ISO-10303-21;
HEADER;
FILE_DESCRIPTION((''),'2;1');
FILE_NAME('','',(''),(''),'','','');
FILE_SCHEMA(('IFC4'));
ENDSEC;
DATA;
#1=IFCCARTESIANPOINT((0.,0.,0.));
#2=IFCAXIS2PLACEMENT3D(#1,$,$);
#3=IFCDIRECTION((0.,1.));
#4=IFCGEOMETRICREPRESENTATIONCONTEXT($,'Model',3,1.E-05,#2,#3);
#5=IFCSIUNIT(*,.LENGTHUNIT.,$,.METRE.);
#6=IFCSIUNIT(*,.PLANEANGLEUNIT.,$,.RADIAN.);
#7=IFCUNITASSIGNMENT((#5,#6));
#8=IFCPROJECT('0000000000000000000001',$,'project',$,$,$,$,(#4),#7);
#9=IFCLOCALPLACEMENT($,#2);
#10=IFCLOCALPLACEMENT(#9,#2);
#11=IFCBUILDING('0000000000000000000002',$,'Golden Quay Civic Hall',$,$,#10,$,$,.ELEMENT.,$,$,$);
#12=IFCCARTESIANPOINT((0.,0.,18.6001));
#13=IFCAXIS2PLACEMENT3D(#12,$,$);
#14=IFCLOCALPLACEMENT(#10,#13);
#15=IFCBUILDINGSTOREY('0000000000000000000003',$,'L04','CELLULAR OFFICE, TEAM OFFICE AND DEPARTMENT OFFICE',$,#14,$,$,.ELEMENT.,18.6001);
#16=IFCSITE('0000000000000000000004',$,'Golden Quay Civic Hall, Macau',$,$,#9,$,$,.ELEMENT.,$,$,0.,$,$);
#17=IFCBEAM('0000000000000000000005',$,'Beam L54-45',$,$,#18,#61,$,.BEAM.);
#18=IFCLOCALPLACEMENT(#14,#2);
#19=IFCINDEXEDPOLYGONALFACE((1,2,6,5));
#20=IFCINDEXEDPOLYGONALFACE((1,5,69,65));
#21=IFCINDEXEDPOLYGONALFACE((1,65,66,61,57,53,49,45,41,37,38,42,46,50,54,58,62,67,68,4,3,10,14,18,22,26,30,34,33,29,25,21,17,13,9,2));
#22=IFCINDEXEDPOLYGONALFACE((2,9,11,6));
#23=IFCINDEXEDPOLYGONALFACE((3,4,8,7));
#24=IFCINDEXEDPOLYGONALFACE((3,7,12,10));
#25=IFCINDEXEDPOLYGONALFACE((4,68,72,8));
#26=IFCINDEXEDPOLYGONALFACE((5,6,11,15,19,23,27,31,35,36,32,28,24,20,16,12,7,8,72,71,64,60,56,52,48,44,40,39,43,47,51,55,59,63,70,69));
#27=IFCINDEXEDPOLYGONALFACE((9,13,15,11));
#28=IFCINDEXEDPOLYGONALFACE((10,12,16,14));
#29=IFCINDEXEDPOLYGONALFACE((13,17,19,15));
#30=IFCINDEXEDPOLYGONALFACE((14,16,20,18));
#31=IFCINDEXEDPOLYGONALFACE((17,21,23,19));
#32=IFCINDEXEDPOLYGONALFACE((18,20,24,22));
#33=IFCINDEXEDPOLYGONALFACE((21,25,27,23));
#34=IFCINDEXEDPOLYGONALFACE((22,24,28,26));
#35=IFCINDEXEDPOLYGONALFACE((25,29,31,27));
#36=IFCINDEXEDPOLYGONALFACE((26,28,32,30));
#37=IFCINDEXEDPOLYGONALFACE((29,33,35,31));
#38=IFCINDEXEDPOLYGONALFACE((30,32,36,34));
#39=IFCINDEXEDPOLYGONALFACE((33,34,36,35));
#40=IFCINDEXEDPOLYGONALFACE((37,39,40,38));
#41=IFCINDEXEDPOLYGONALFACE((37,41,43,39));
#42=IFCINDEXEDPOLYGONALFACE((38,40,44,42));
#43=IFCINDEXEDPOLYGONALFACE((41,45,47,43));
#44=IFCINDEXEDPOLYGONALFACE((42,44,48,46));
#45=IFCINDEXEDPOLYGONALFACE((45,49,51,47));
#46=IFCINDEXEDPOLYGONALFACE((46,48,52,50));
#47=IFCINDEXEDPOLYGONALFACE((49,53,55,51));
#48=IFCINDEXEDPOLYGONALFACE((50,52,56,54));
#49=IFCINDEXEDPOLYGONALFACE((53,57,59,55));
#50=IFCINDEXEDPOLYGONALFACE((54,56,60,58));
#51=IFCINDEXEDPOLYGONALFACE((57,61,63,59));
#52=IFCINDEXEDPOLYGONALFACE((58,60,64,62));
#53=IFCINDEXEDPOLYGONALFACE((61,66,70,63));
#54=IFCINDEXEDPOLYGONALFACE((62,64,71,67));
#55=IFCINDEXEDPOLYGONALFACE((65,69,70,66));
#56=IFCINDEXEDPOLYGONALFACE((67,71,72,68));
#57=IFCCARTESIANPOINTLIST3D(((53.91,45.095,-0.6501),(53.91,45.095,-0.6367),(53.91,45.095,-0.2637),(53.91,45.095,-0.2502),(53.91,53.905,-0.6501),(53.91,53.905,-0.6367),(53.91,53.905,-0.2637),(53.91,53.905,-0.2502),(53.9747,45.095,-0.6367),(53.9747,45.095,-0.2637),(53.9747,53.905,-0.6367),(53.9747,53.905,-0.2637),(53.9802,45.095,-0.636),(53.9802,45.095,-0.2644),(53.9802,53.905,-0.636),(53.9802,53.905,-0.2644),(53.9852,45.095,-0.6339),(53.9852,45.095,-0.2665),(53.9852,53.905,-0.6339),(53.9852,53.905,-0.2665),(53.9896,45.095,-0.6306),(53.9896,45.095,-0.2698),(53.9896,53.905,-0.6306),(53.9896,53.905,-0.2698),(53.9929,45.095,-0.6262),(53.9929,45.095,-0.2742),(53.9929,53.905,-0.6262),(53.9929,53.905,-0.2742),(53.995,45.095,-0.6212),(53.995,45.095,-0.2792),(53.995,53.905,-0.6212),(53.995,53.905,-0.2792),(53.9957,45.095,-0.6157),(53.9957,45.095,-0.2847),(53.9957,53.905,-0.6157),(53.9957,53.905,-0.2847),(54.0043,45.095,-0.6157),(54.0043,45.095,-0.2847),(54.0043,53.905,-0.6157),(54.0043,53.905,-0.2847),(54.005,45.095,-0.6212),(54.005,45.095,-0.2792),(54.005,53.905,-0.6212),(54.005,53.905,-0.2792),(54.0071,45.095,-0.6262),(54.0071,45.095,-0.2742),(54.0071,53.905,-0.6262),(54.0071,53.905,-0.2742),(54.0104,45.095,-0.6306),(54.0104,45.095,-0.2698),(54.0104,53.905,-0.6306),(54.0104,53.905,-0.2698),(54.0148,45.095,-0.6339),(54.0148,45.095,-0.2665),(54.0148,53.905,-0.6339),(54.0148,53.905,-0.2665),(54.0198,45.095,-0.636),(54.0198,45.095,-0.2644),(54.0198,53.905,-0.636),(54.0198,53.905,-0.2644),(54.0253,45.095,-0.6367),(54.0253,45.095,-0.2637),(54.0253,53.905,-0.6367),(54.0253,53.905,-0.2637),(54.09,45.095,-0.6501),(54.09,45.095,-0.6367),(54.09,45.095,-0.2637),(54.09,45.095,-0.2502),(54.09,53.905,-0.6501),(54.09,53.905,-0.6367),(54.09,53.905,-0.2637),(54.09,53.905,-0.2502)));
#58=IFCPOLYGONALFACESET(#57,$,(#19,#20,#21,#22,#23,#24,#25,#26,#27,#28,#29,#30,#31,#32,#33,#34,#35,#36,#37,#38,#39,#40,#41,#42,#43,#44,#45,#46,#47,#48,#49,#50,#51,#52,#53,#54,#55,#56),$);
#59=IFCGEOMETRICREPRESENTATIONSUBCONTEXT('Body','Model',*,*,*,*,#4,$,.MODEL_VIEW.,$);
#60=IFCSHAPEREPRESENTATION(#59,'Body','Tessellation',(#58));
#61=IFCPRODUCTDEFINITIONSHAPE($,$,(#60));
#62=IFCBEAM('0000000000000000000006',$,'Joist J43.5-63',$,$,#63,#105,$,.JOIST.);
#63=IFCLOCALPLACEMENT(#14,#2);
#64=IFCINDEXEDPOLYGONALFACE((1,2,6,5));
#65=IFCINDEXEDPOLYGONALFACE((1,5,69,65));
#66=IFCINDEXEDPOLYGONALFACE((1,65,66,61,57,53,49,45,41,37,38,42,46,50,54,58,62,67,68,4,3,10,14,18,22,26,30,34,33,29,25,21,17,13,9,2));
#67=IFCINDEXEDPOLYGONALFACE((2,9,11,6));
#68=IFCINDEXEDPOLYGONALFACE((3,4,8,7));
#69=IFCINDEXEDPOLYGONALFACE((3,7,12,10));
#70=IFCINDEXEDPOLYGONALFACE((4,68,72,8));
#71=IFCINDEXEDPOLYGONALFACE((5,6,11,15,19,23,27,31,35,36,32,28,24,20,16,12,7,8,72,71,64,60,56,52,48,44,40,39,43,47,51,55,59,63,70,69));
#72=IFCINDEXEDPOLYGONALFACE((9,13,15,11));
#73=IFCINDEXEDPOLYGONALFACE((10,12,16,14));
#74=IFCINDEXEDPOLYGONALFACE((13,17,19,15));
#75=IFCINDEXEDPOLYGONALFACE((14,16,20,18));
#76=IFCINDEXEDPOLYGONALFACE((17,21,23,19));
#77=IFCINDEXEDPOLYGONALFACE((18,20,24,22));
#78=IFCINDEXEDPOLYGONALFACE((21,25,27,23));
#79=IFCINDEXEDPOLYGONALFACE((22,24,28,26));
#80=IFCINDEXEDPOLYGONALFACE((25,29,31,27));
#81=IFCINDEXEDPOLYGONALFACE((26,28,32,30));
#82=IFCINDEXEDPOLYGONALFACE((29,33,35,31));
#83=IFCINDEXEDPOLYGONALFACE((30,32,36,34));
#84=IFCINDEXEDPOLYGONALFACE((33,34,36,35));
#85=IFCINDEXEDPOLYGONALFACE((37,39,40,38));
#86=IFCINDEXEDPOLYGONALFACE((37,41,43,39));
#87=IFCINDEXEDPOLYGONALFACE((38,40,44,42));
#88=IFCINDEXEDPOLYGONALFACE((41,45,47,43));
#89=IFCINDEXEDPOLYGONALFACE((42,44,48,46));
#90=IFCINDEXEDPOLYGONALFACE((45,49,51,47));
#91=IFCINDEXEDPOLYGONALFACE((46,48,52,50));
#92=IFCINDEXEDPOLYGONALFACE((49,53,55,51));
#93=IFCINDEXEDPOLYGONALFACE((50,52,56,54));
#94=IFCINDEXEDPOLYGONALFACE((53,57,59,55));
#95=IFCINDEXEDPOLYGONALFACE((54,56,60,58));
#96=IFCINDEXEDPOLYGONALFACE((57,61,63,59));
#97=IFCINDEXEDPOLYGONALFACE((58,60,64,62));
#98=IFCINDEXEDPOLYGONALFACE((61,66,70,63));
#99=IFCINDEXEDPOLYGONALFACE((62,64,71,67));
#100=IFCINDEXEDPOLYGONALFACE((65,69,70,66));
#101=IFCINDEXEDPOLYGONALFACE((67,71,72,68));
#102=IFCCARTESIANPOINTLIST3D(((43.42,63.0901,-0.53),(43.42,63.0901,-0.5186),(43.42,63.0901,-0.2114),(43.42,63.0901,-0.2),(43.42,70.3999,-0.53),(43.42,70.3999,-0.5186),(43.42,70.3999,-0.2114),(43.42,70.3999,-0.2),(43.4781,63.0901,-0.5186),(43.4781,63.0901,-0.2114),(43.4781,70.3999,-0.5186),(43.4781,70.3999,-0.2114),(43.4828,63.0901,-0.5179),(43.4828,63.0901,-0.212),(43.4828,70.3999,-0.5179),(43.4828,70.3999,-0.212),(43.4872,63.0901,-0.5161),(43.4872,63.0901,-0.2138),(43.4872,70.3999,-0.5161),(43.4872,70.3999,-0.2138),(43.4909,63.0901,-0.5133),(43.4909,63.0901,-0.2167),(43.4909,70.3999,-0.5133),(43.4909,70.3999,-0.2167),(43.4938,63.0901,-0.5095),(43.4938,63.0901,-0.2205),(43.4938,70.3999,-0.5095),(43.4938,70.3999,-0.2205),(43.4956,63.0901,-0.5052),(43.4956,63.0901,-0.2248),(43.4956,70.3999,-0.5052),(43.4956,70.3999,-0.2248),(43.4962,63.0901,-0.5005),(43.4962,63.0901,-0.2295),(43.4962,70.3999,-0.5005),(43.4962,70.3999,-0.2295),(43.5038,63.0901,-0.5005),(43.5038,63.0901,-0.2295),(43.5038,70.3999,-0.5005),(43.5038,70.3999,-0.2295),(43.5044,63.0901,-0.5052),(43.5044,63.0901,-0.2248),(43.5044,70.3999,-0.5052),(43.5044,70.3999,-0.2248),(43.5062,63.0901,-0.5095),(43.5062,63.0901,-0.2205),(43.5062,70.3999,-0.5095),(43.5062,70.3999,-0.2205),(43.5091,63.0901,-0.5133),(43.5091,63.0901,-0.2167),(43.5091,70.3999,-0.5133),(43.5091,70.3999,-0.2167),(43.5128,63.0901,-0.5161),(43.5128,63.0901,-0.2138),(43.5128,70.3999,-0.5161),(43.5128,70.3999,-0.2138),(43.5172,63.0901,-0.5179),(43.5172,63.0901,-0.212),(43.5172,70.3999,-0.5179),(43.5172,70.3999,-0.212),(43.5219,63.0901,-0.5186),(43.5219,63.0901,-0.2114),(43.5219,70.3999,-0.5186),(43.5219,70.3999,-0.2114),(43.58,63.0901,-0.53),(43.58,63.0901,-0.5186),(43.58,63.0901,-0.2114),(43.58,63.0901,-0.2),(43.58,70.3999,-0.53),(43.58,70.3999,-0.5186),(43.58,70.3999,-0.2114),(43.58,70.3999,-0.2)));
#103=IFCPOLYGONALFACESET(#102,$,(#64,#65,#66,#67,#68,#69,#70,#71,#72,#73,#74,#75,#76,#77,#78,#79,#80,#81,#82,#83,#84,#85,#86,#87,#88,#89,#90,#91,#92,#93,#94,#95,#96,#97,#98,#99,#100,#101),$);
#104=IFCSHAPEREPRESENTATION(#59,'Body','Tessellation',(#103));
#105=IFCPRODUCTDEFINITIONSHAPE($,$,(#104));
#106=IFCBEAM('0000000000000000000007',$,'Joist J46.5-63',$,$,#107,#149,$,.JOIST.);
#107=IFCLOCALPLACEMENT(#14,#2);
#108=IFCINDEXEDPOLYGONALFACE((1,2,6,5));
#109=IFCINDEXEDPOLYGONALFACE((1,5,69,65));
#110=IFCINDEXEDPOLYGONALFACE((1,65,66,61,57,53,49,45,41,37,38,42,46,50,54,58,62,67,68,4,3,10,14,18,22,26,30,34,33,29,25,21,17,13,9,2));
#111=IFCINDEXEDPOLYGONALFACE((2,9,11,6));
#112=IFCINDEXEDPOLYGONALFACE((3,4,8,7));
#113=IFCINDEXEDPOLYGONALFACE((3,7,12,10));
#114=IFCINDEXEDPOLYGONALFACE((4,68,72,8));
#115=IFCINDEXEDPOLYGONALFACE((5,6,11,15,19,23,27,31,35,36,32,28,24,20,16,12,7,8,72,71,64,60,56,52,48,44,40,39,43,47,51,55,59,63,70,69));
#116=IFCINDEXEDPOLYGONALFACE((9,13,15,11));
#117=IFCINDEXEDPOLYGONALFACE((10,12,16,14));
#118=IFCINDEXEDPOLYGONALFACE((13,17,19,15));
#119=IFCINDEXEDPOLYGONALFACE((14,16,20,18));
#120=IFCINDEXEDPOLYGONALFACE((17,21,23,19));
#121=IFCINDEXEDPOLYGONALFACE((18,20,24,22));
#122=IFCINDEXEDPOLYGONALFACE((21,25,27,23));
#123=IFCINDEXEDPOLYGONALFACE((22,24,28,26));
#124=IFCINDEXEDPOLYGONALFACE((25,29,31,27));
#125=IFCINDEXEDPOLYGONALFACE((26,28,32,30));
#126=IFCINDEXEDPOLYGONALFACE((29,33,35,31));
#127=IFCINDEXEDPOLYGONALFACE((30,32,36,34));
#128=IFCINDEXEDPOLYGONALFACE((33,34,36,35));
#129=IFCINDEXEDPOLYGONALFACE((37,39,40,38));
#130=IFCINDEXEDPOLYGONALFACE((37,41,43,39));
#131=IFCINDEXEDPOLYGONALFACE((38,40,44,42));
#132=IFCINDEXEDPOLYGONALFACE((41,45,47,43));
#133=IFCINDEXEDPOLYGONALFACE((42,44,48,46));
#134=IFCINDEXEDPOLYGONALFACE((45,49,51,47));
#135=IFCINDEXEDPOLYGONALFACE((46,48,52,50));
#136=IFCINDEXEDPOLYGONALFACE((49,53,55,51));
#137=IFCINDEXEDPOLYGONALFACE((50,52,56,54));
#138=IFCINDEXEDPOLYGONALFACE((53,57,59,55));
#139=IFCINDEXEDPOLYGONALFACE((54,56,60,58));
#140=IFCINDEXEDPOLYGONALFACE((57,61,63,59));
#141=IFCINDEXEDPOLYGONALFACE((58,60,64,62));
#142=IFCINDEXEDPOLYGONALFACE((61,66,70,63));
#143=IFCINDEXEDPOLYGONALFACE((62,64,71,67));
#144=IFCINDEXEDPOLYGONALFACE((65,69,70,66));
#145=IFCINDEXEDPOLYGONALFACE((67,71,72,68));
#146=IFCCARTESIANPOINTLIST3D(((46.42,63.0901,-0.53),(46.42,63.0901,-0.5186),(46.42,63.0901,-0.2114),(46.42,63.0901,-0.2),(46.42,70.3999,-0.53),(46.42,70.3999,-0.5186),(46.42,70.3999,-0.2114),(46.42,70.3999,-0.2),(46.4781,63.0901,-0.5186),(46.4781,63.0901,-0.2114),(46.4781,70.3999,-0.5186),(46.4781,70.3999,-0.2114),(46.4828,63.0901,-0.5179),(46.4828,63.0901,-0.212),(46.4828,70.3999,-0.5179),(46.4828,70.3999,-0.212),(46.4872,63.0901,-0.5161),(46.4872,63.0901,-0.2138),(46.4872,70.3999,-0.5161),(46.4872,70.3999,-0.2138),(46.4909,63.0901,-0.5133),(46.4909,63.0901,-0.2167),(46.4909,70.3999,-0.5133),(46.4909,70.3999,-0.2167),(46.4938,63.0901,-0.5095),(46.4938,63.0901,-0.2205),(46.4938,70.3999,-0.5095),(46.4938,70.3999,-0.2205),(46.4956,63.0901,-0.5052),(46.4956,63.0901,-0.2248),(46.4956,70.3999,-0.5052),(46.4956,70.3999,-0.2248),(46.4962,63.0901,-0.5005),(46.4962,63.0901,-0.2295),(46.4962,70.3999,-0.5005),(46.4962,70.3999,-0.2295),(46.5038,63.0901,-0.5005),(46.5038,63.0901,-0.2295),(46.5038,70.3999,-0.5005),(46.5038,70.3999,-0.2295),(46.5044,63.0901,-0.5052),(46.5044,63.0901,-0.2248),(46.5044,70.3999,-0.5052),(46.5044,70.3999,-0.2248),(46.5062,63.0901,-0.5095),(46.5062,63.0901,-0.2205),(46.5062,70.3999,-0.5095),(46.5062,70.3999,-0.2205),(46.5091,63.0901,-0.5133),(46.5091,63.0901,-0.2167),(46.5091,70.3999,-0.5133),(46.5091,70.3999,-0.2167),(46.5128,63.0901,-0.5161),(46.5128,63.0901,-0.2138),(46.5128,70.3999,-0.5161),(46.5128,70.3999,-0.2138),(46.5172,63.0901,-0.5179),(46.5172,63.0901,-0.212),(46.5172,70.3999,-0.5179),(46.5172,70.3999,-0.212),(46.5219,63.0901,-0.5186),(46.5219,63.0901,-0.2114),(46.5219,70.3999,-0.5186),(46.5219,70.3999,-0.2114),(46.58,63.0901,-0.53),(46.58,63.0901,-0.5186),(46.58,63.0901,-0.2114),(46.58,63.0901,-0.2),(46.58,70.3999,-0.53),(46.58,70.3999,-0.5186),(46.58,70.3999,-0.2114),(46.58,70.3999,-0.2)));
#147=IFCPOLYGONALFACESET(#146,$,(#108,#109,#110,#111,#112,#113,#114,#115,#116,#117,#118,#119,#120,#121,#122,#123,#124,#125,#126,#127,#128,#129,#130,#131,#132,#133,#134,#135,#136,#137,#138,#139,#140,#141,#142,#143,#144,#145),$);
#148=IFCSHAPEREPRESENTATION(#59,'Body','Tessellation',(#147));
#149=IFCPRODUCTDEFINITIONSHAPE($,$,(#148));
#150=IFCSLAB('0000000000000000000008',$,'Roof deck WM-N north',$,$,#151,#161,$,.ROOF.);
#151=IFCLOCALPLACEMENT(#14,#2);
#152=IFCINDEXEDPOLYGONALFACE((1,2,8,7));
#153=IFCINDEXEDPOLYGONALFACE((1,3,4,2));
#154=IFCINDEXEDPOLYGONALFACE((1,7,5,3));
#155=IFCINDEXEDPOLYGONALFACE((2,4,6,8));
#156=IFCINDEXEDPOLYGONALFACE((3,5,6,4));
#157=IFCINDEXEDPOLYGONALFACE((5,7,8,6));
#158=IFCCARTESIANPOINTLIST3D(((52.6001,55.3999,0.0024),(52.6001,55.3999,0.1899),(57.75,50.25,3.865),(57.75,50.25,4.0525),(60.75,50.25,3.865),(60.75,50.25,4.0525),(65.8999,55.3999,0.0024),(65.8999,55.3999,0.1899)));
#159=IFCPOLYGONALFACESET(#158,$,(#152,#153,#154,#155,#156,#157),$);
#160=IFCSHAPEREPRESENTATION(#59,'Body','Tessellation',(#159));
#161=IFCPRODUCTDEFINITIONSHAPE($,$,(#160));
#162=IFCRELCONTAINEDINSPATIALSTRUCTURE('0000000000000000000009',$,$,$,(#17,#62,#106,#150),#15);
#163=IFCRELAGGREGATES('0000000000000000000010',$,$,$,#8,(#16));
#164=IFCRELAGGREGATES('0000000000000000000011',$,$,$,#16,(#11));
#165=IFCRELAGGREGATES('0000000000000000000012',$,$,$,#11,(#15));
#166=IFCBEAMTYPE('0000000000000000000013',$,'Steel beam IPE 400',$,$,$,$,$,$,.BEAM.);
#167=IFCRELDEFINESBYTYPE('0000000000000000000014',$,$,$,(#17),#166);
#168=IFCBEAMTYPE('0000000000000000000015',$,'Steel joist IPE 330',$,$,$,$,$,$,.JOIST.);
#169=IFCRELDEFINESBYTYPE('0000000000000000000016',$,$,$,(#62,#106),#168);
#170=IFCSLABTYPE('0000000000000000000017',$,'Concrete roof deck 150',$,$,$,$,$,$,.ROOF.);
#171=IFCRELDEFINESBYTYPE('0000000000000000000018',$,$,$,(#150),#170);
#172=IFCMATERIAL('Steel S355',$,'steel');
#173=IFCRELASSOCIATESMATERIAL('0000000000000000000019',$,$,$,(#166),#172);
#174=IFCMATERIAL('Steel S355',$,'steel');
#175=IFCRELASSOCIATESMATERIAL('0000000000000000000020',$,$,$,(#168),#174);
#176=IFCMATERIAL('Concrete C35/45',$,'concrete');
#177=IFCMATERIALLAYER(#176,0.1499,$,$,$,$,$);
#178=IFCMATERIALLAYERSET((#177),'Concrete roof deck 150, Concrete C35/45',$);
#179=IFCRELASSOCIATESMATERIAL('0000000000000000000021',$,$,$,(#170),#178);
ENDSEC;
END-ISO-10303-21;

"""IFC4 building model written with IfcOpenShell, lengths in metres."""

from ifc_helpers import new_model, si_unit, direction, frame, origin, origin_2d, place, context, subcontext, project, spatial, polyline, i_section, outline, extrude, material, layer, layer_set, material_profile, profile_set, type_object, element, save


model = new_model("IFC4")

# Units and contexts
model_context = context("Model", 3, precision=1e-05, world=origin(), true_north=direction((0.0, 1.0)))
body_context = subcontext(model_context, "Body", "Model", "MODEL_VIEW")
ifc_project = project(units=[si_unit("LENGTHUNIT", "METRE"), si_unit("PLANEANGLEUNIT", "RADIAN")], contexts=[model_context])

# Site, building, storey
site_placement = place(None, origin())
site = spatial("IfcSite", under=ifc_project, at=site_placement, Name="Golden Quay Civic Hall, Macau", CompositionType="ELEMENT", RefElevation=0.0)
building_placement = place(site_placement, origin())
building = spatial("IfcBuilding", under=site, at=building_placement, Name="Golden Quay Civic Hall", CompositionType="ELEMENT")
storey_placement = place(building_placement, frame((0.0, 0.0, 18.6001)))
storey = spatial("IfcBuildingStorey", under=building, at=storey_placement, Name="L04", Description="CELLULAR OFFICE, TEAM OFFICE AND DEPARTMENT OFFICE", CompositionType="ELEMENT", Elevation=18.6001)

# Beams
ifc_material_1 = material(Name="Steel S355", Category="steel")
ifc_material_profile_1 = material_profile(ifc_material_1, i_section(OverallWidth=0.1799, OverallDepth=0.3999, WebThickness=0.0085, FlangeThickness=0.0134, FilletRadius=0.021, at=origin_2d()), Name="IPE 400")
ifc_profile_set_1 = profile_set([ifc_material_profile_1], Name="Steel S355")
beam_type_1 = type_object("IfcBeamType", Name="Steel beam IPE 400", PredefinedType="BEAM", material=ifc_profile_set_1)
beam_1_placement = place(storey_placement, frame((54.0, 45.095, -0.4502), z_axis=(0.0, 1.0, 0.0), x_axis=(-1.0, 0.0, 0.0)))
element("IfcBeam", 1, at=beam_1_placement, inside=storey, type_object=beam_type_1, Name="Beam L54-45", PredefinedType="BEAM", context=body_context, shape_type="SweptSolid", body=[
    extrude(i_section(OverallWidth=0.1799, OverallDepth=0.3999, WebThickness=0.0085, FlangeThickness=0.0134, FilletRadius=0.021, at=origin_2d()), origin(), (0.0, 0.0, 1.0), 8.8101),
])
ifc_material_2 = material(Name="Steel S355", Category="steel")
ifc_material_profile_2 = material_profile(ifc_material_2, i_section(OverallWidth=0.1599, OverallDepth=0.3301, WebThickness=0.0076, FlangeThickness=0.0115, FilletRadius=0.0181, at=origin_2d()), Name="IPE 330")
ifc_profile_set_2 = profile_set([ifc_material_profile_2], Name="Steel S355")
beam_type_2 = type_object("IfcBeamType", Name="Steel joist IPE 330", PredefinedType="JOIST", material=ifc_profile_set_2)
for number, where, z_axis, x_axis, name in (
    (2, (43.5, 63.0901, -0.365), (0.0, 1.0, 0.0), (-1.0, 0.0, 0.0), "Joist J43.5-63"),
    (3, (46.5, 63.0901, -0.365), (0.0, 1.0, 0.0), (-1.0, 0.0, 0.0), "Joist J46.5-63"),
):
    element("IfcBeam", number, at=place(storey_placement, frame(where, z_axis=z_axis, x_axis=x_axis)), inside=storey, type_object=beam_type_2, Name=name, PredefinedType="JOIST", context=body_context, shape_type="SweptSolid", body=[
        extrude(i_section(OverallWidth=0.1599, OverallDepth=0.3301, WebThickness=0.0076, FlangeThickness=0.0115, FilletRadius=0.0181, at=origin_2d()), origin(), (0.0, 0.0, 1.0), 7.3098),
    ])

# Slab
ifc_material_3 = material(Name="Concrete C35/45", Category="concrete")
ifc_layer_1 = layer(ifc_material_3, 0.1499)
ifc_layer_set_1 = layer_set([ifc_layer_1], Name="Concrete roof deck 150, Concrete C35/45")
slab_type = type_object("IfcSlabType", Name="Concrete roof deck 150", PredefinedType="ROOF", material=ifc_layer_set_1)
slab_placement = place(storey_placement, frame((52.6001, 55.3999, 0.1899), z_axis=(0.0, 0.600012, 0.799991), x_axis=(1.0, 0.0, 0.0)))
element("IfcSlab", 4, at=slab_placement, inside=storey, type_object=slab_type, Name="Roof deck WM-N north", PredefinedType="ROOF", context=body_context, shape_type="SweptSolid", body=[
    extrude(outline(polyline([(0.0, 0.0), (13.2998, 0.0), (8.1499, -6.4375), (5.1499, -6.4375), (0.0, 0.0)])), origin(), (0.0, 0.600012, -0.799991), 0.1875),
])

save(model, "model.ifc")
